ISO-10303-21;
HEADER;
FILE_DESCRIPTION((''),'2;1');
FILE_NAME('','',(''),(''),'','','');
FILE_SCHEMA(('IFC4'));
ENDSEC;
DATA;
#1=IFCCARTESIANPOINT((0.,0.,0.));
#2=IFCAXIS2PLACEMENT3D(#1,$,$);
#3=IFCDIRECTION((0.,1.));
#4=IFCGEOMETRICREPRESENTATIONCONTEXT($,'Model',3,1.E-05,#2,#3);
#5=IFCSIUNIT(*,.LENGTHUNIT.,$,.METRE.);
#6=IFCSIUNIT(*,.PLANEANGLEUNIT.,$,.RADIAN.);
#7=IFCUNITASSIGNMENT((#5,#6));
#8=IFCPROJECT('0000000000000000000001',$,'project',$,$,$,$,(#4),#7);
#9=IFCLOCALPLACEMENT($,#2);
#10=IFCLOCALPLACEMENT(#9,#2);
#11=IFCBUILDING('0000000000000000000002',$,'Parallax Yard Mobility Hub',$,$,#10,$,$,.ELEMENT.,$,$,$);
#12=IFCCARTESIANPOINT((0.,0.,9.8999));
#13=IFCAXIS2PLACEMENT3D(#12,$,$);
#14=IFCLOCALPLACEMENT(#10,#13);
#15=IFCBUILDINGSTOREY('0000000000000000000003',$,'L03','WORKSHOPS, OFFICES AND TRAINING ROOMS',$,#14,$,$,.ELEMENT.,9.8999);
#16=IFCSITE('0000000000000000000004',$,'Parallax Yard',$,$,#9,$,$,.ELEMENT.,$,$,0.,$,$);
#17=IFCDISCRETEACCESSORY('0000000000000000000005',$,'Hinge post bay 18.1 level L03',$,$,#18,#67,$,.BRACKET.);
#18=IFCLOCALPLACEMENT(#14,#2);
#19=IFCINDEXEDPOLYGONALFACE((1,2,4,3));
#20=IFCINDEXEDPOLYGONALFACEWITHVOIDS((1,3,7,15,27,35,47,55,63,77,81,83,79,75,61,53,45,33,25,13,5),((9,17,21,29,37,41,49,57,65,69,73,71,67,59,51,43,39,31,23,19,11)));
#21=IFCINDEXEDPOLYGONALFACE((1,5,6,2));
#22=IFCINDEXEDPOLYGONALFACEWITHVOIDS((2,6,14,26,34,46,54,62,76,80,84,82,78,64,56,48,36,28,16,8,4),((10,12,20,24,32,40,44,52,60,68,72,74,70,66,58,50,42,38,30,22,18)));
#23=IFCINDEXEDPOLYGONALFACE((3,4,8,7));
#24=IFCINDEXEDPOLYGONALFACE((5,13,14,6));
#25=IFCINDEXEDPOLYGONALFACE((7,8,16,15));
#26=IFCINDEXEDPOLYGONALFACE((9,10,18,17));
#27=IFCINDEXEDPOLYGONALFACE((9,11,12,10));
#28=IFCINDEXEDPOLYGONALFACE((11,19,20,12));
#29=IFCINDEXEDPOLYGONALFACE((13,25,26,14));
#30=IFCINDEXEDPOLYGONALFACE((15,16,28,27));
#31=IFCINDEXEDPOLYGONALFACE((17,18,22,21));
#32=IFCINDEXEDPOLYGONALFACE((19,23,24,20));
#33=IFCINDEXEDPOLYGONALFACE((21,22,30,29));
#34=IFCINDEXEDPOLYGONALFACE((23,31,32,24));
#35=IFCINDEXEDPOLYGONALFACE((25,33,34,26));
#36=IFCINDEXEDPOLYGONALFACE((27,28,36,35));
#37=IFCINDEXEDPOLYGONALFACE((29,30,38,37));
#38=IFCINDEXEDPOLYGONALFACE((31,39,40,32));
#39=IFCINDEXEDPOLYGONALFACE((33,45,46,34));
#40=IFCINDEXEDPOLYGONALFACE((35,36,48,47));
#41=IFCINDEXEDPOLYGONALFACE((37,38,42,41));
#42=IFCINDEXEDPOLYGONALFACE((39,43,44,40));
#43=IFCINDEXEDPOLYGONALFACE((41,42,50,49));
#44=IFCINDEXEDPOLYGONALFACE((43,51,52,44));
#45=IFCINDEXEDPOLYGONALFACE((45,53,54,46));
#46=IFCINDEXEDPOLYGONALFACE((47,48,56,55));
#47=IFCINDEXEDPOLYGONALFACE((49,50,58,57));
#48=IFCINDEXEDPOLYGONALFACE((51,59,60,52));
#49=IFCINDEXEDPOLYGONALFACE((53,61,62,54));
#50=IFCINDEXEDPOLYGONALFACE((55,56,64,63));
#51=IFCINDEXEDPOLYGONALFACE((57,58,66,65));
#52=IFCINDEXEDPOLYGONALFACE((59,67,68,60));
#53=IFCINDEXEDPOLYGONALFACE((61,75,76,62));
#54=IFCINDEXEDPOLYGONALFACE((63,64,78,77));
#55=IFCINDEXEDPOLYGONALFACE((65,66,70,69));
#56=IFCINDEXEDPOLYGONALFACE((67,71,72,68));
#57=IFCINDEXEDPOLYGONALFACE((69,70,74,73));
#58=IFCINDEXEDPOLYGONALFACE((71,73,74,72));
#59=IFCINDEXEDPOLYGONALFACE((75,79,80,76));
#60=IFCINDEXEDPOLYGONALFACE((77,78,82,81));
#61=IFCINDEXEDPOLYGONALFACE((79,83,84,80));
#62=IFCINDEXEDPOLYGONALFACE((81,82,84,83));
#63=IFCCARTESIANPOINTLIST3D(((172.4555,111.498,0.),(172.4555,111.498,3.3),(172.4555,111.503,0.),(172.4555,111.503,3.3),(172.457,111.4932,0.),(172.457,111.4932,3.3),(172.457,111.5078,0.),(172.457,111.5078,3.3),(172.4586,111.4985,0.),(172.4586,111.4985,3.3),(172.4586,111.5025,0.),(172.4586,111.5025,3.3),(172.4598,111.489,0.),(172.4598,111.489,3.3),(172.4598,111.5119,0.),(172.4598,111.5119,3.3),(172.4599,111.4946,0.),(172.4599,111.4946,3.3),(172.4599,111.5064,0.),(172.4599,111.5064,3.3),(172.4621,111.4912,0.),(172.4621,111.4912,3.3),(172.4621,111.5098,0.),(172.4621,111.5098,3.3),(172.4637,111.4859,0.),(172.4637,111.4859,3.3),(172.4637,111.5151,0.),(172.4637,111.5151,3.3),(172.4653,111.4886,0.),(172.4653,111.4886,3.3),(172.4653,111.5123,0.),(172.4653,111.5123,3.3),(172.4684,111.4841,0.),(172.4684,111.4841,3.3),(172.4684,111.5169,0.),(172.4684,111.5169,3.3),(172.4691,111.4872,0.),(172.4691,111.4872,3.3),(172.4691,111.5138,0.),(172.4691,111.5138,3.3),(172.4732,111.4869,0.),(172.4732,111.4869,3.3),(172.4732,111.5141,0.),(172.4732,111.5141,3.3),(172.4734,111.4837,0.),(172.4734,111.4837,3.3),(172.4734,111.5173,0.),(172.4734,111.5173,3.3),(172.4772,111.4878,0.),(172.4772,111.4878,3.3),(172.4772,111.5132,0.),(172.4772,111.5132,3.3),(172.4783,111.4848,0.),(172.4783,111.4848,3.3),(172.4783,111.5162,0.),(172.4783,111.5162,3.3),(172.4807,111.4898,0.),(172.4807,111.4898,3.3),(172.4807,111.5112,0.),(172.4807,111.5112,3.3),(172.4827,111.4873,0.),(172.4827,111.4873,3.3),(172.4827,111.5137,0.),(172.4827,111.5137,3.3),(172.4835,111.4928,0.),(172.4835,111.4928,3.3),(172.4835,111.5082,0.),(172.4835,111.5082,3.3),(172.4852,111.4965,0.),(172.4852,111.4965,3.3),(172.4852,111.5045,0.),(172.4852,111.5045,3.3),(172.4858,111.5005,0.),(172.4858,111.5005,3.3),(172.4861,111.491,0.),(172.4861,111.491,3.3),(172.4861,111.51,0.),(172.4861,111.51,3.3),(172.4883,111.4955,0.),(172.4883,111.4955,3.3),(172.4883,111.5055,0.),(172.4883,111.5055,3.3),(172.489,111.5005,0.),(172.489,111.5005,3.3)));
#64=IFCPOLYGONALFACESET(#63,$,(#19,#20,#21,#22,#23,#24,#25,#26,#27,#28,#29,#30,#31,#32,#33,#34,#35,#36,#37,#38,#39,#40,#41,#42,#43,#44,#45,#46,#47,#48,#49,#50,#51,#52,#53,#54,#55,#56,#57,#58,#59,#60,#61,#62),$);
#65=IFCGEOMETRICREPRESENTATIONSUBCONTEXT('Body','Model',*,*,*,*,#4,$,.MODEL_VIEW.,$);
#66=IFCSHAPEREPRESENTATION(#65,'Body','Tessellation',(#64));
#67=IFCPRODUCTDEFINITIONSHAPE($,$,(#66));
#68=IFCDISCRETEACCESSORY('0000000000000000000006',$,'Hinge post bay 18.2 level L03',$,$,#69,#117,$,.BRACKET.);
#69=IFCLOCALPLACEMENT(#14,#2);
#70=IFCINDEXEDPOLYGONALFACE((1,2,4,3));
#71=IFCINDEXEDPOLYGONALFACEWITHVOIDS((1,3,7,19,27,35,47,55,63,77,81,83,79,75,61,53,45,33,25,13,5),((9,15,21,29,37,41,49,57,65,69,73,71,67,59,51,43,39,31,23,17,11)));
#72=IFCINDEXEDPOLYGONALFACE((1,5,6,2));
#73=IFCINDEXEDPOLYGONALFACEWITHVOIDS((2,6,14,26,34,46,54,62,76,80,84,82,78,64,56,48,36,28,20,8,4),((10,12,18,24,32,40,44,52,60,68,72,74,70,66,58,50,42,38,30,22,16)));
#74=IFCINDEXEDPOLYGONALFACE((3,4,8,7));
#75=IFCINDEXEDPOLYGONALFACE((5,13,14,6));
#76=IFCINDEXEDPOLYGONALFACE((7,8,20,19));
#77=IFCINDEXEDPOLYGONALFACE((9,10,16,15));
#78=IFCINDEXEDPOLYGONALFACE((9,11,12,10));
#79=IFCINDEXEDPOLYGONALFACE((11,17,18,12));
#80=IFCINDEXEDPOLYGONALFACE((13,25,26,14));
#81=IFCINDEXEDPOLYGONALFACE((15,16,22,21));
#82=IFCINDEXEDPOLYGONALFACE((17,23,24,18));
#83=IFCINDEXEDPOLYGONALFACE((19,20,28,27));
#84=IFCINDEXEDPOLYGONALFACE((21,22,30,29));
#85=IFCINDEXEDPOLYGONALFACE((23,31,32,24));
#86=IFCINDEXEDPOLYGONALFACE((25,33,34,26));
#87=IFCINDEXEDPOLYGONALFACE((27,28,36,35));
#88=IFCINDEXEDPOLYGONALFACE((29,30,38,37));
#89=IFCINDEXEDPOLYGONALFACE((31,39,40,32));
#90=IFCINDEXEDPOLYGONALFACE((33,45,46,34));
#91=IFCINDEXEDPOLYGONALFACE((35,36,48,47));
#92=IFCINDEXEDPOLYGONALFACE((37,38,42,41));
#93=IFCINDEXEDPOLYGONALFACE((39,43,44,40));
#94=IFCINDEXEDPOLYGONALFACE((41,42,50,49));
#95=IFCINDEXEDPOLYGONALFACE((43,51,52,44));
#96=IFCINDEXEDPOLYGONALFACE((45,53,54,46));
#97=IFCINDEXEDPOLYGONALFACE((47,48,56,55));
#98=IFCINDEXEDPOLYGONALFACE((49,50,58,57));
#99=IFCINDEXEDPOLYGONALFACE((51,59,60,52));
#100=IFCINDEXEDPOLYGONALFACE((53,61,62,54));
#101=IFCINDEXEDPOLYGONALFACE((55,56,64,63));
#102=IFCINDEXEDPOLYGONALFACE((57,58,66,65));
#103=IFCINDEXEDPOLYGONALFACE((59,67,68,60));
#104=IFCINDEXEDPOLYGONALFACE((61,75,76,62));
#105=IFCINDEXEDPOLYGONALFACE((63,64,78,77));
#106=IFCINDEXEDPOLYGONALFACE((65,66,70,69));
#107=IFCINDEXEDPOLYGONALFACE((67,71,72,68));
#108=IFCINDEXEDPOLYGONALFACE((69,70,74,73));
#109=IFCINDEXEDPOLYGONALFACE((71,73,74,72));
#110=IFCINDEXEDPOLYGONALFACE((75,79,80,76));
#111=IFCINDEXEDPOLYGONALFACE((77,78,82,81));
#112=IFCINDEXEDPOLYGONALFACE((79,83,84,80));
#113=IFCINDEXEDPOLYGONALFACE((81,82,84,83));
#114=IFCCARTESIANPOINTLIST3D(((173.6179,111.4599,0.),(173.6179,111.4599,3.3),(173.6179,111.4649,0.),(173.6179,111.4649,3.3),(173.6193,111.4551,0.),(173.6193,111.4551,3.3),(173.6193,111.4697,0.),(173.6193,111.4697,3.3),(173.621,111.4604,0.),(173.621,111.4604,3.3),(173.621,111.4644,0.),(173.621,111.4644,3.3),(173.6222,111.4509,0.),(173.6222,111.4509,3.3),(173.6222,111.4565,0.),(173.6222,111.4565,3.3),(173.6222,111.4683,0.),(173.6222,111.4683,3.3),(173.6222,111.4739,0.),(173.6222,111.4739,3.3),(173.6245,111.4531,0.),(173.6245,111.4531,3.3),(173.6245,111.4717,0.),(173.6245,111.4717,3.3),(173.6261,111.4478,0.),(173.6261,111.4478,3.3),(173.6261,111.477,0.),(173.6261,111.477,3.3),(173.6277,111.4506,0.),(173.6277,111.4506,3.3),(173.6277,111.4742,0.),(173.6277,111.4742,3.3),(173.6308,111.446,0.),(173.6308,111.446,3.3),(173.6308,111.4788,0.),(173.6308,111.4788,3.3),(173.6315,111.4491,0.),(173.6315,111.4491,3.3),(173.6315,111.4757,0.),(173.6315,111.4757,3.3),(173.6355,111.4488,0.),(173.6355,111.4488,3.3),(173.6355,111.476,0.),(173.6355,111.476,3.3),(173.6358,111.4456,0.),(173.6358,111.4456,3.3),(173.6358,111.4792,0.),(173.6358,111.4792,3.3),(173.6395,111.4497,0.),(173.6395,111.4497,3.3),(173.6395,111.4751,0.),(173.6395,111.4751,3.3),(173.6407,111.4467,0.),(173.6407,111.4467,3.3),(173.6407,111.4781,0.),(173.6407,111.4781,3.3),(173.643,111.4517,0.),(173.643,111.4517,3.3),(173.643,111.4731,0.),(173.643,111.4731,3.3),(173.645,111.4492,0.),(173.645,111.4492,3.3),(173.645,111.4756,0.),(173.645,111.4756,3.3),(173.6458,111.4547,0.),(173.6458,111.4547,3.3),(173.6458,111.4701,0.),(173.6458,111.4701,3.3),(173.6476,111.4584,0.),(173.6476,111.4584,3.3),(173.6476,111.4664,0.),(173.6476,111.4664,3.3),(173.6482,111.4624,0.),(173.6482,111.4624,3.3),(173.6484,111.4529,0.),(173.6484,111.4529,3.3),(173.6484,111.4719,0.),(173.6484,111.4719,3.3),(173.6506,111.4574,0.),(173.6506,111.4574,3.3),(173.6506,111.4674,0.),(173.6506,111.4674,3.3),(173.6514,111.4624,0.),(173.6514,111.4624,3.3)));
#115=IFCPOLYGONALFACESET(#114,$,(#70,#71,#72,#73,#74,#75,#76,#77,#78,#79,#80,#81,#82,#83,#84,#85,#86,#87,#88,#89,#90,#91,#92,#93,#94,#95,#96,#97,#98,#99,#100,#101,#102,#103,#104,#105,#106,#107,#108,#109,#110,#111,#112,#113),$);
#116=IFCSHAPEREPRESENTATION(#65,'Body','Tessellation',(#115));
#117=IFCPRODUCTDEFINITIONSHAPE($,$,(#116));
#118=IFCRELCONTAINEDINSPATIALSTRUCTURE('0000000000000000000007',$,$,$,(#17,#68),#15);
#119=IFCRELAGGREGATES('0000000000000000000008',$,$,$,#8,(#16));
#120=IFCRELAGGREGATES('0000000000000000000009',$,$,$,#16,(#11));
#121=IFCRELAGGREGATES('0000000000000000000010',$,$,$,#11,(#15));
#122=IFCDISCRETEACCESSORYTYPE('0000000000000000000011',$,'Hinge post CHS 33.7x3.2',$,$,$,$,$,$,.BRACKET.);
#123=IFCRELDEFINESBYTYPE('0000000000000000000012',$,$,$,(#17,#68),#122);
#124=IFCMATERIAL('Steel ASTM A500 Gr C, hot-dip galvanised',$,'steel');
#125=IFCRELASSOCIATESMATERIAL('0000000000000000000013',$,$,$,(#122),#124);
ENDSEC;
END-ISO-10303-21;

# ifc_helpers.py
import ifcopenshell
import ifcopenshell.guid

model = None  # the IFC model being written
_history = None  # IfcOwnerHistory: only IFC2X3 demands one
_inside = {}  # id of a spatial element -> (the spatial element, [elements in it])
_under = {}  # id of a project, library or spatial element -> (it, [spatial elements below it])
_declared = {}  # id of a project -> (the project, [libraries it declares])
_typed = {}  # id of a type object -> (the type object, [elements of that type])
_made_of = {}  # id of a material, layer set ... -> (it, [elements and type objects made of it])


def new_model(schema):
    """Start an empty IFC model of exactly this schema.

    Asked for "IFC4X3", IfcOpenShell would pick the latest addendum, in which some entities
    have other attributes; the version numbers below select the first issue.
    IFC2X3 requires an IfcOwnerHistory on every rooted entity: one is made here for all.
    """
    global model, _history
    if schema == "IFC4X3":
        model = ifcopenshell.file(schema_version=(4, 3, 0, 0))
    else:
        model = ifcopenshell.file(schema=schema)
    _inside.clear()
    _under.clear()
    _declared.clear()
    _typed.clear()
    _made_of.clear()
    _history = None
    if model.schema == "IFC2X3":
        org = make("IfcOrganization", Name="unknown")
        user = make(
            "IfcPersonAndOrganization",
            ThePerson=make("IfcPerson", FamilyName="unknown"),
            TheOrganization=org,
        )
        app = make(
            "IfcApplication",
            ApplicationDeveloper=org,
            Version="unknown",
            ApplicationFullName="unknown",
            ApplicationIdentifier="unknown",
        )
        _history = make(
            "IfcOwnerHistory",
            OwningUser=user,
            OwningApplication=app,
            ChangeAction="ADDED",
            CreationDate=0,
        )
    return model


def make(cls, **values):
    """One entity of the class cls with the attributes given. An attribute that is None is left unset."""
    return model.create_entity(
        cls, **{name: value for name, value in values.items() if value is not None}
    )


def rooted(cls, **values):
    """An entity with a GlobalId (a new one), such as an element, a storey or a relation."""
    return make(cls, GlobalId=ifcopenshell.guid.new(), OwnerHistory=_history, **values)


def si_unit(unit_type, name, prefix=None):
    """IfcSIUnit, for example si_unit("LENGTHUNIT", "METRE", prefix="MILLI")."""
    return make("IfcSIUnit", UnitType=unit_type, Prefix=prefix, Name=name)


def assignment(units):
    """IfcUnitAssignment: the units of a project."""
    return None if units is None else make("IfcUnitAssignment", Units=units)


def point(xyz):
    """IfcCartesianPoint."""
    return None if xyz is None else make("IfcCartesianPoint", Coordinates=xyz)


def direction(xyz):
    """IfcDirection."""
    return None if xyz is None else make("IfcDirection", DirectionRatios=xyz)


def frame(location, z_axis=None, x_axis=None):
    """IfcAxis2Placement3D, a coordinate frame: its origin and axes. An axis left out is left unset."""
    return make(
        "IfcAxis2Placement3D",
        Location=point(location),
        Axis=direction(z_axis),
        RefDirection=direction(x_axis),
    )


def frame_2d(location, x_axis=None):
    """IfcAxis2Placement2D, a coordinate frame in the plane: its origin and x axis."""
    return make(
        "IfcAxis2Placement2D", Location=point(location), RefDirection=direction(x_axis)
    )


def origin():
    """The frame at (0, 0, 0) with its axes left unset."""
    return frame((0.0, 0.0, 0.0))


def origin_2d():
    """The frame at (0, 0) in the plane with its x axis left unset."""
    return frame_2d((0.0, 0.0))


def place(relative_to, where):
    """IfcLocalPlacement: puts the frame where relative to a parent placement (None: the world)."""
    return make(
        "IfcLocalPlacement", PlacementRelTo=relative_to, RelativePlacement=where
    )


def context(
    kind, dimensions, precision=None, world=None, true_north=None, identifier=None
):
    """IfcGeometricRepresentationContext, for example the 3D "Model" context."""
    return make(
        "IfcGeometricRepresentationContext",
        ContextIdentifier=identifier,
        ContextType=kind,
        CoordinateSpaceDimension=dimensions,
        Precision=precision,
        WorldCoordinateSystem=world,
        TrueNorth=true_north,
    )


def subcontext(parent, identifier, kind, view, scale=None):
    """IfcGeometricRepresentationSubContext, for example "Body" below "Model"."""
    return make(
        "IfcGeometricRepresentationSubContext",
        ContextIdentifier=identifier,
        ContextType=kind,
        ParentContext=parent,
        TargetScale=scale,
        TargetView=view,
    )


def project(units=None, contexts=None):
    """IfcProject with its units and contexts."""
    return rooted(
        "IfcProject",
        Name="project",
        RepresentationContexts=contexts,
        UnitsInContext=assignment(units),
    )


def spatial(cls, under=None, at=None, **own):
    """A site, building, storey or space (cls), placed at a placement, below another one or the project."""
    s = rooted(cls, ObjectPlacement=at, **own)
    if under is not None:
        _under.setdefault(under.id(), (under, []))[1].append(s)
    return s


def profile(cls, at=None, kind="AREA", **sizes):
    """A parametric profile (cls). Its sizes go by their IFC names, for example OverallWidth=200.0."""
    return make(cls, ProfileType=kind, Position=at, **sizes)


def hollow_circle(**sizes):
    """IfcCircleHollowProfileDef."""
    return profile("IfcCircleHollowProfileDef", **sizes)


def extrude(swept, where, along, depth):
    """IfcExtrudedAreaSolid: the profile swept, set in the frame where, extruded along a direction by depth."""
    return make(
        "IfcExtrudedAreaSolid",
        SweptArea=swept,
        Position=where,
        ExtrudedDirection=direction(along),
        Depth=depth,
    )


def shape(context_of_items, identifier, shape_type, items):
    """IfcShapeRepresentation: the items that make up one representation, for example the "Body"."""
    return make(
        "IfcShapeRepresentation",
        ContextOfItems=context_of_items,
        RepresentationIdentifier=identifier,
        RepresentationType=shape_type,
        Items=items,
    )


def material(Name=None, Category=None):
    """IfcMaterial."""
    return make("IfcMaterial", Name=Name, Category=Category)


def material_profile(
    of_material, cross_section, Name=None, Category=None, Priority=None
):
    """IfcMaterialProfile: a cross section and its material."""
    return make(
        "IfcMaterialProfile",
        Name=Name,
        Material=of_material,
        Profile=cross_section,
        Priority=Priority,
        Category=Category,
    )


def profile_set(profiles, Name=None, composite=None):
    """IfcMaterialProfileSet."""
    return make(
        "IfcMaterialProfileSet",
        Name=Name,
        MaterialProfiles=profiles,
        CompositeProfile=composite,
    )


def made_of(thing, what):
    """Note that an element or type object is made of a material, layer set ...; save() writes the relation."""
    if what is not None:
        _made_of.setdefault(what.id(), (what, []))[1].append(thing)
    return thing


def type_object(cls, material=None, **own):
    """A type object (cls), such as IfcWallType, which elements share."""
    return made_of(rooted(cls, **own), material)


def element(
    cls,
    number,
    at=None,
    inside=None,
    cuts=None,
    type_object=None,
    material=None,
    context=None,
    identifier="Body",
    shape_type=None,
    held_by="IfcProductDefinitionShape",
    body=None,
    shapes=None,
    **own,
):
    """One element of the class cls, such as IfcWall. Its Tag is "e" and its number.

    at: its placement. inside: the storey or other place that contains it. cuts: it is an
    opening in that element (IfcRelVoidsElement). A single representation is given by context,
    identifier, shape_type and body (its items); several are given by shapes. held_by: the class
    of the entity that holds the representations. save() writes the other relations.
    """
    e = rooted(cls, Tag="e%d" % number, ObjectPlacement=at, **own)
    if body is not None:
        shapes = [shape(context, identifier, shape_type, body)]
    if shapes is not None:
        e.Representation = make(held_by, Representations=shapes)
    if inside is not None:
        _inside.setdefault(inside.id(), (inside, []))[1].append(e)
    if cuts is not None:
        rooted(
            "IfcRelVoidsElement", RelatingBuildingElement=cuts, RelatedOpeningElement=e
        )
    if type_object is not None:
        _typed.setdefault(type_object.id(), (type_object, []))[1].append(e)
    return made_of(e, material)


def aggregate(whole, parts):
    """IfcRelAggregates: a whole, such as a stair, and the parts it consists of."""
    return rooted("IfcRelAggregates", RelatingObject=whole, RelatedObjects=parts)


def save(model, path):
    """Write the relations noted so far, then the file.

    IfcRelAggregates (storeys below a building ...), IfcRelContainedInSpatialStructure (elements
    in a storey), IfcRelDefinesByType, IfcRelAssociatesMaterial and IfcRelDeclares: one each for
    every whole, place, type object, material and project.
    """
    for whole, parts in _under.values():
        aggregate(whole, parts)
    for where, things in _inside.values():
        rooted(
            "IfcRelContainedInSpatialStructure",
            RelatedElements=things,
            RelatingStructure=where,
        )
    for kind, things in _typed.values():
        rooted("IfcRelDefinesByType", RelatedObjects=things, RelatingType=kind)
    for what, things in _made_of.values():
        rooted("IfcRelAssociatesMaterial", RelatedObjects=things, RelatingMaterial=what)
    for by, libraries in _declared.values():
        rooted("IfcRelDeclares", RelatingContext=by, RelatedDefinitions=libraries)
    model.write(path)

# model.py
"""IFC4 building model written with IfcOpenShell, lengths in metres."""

from ifc_helpers import new_model, si_unit, direction, frame, origin, origin_2d, place, context, subcontext, project, spatial, hollow_circle, extrude, material, material_profile, profile_set, type_object, element, save


model = new_model("IFC4")

# Units and contexts
model_context = context("Model", 3, precision=1e-05, world=origin(), true_north=direction((0.0, 1.0)))
body_context = subcontext(model_context, "Body", "Model", "MODEL_VIEW")
ifc_project = project(units=[si_unit("LENGTHUNIT", "METRE"), si_unit("PLANEANGLEUNIT", "RADIAN")], contexts=[model_context])

# Site, building, storey
site_placement = place(None, origin())
site = spatial("IfcSite", under=ifc_project, at=site_placement, Name="Parallax Yard", CompositionType="ELEMENT", RefElevation=0.0)
building_placement = place(site_placement, origin())
building = spatial("IfcBuilding", under=site, at=building_placement, Name="Parallax Yard Mobility Hub", CompositionType="ELEMENT")
storey_placement = place(building_placement, frame((0.0, 0.0, 9.8999)))
storey = spatial("IfcBuildingStorey", under=building, at=storey_placement, Name="L03", Description="WORKSHOPS, OFFICES AND TRAINING ROOMS", CompositionType="ELEMENT", Elevation=9.8999)

# Discrete accessories
ifc_material_1 = material(Name="Steel ASTM A500 Gr C, hot-dip galvanised", Category="steel")
ifc_material_profile_1 = material_profile(ifc_material_1, hollow_circle(Radius=0.0168, WallThickness=0.0032, at=origin_2d()), Name="CHS 33.7x3.2")
ifc_profile_set_1 = profile_set([ifc_material_profile_1], Name="Steel ASTM A500 Gr C, hot-dip galvanised")
discrete_accessory_type_1 = type_object("IfcDiscreteAccessoryType", Name="Hinge post CHS 33.7x3.2", PredefinedType="BRACKET", material=ifc_profile_set_1)
for number, where, z_axis, x_axis, name in (
    (1, (172.4722, 111.5005, 0.0), (0.0, 0.0, 1.0), (1.0, 0.0, 0.0), "Hinge post bay 18.1 level L03"),
    (2, (173.6345, 111.4624, 0.0), (0.0, 0.0, 1.0), (1.0, 0.0, 0.0), "Hinge post bay 18.2 level L03"),
):
    element("IfcDiscreteAccessory", number, at=place(storey_placement, frame(where, z_axis=z_axis, x_axis=x_axis)), inside=storey, type_object=discrete_accessory_type_1, Name=name, PredefinedType="BRACKET", context=body_context, shape_type="SweptSolid", body=[
        extrude(hollow_circle(Radius=0.0168, WallThickness=0.0032, at=origin_2d()), origin(), (0.0, 0.0, 1.0), 3.3),
    ])

save(model, "model.ifc")
